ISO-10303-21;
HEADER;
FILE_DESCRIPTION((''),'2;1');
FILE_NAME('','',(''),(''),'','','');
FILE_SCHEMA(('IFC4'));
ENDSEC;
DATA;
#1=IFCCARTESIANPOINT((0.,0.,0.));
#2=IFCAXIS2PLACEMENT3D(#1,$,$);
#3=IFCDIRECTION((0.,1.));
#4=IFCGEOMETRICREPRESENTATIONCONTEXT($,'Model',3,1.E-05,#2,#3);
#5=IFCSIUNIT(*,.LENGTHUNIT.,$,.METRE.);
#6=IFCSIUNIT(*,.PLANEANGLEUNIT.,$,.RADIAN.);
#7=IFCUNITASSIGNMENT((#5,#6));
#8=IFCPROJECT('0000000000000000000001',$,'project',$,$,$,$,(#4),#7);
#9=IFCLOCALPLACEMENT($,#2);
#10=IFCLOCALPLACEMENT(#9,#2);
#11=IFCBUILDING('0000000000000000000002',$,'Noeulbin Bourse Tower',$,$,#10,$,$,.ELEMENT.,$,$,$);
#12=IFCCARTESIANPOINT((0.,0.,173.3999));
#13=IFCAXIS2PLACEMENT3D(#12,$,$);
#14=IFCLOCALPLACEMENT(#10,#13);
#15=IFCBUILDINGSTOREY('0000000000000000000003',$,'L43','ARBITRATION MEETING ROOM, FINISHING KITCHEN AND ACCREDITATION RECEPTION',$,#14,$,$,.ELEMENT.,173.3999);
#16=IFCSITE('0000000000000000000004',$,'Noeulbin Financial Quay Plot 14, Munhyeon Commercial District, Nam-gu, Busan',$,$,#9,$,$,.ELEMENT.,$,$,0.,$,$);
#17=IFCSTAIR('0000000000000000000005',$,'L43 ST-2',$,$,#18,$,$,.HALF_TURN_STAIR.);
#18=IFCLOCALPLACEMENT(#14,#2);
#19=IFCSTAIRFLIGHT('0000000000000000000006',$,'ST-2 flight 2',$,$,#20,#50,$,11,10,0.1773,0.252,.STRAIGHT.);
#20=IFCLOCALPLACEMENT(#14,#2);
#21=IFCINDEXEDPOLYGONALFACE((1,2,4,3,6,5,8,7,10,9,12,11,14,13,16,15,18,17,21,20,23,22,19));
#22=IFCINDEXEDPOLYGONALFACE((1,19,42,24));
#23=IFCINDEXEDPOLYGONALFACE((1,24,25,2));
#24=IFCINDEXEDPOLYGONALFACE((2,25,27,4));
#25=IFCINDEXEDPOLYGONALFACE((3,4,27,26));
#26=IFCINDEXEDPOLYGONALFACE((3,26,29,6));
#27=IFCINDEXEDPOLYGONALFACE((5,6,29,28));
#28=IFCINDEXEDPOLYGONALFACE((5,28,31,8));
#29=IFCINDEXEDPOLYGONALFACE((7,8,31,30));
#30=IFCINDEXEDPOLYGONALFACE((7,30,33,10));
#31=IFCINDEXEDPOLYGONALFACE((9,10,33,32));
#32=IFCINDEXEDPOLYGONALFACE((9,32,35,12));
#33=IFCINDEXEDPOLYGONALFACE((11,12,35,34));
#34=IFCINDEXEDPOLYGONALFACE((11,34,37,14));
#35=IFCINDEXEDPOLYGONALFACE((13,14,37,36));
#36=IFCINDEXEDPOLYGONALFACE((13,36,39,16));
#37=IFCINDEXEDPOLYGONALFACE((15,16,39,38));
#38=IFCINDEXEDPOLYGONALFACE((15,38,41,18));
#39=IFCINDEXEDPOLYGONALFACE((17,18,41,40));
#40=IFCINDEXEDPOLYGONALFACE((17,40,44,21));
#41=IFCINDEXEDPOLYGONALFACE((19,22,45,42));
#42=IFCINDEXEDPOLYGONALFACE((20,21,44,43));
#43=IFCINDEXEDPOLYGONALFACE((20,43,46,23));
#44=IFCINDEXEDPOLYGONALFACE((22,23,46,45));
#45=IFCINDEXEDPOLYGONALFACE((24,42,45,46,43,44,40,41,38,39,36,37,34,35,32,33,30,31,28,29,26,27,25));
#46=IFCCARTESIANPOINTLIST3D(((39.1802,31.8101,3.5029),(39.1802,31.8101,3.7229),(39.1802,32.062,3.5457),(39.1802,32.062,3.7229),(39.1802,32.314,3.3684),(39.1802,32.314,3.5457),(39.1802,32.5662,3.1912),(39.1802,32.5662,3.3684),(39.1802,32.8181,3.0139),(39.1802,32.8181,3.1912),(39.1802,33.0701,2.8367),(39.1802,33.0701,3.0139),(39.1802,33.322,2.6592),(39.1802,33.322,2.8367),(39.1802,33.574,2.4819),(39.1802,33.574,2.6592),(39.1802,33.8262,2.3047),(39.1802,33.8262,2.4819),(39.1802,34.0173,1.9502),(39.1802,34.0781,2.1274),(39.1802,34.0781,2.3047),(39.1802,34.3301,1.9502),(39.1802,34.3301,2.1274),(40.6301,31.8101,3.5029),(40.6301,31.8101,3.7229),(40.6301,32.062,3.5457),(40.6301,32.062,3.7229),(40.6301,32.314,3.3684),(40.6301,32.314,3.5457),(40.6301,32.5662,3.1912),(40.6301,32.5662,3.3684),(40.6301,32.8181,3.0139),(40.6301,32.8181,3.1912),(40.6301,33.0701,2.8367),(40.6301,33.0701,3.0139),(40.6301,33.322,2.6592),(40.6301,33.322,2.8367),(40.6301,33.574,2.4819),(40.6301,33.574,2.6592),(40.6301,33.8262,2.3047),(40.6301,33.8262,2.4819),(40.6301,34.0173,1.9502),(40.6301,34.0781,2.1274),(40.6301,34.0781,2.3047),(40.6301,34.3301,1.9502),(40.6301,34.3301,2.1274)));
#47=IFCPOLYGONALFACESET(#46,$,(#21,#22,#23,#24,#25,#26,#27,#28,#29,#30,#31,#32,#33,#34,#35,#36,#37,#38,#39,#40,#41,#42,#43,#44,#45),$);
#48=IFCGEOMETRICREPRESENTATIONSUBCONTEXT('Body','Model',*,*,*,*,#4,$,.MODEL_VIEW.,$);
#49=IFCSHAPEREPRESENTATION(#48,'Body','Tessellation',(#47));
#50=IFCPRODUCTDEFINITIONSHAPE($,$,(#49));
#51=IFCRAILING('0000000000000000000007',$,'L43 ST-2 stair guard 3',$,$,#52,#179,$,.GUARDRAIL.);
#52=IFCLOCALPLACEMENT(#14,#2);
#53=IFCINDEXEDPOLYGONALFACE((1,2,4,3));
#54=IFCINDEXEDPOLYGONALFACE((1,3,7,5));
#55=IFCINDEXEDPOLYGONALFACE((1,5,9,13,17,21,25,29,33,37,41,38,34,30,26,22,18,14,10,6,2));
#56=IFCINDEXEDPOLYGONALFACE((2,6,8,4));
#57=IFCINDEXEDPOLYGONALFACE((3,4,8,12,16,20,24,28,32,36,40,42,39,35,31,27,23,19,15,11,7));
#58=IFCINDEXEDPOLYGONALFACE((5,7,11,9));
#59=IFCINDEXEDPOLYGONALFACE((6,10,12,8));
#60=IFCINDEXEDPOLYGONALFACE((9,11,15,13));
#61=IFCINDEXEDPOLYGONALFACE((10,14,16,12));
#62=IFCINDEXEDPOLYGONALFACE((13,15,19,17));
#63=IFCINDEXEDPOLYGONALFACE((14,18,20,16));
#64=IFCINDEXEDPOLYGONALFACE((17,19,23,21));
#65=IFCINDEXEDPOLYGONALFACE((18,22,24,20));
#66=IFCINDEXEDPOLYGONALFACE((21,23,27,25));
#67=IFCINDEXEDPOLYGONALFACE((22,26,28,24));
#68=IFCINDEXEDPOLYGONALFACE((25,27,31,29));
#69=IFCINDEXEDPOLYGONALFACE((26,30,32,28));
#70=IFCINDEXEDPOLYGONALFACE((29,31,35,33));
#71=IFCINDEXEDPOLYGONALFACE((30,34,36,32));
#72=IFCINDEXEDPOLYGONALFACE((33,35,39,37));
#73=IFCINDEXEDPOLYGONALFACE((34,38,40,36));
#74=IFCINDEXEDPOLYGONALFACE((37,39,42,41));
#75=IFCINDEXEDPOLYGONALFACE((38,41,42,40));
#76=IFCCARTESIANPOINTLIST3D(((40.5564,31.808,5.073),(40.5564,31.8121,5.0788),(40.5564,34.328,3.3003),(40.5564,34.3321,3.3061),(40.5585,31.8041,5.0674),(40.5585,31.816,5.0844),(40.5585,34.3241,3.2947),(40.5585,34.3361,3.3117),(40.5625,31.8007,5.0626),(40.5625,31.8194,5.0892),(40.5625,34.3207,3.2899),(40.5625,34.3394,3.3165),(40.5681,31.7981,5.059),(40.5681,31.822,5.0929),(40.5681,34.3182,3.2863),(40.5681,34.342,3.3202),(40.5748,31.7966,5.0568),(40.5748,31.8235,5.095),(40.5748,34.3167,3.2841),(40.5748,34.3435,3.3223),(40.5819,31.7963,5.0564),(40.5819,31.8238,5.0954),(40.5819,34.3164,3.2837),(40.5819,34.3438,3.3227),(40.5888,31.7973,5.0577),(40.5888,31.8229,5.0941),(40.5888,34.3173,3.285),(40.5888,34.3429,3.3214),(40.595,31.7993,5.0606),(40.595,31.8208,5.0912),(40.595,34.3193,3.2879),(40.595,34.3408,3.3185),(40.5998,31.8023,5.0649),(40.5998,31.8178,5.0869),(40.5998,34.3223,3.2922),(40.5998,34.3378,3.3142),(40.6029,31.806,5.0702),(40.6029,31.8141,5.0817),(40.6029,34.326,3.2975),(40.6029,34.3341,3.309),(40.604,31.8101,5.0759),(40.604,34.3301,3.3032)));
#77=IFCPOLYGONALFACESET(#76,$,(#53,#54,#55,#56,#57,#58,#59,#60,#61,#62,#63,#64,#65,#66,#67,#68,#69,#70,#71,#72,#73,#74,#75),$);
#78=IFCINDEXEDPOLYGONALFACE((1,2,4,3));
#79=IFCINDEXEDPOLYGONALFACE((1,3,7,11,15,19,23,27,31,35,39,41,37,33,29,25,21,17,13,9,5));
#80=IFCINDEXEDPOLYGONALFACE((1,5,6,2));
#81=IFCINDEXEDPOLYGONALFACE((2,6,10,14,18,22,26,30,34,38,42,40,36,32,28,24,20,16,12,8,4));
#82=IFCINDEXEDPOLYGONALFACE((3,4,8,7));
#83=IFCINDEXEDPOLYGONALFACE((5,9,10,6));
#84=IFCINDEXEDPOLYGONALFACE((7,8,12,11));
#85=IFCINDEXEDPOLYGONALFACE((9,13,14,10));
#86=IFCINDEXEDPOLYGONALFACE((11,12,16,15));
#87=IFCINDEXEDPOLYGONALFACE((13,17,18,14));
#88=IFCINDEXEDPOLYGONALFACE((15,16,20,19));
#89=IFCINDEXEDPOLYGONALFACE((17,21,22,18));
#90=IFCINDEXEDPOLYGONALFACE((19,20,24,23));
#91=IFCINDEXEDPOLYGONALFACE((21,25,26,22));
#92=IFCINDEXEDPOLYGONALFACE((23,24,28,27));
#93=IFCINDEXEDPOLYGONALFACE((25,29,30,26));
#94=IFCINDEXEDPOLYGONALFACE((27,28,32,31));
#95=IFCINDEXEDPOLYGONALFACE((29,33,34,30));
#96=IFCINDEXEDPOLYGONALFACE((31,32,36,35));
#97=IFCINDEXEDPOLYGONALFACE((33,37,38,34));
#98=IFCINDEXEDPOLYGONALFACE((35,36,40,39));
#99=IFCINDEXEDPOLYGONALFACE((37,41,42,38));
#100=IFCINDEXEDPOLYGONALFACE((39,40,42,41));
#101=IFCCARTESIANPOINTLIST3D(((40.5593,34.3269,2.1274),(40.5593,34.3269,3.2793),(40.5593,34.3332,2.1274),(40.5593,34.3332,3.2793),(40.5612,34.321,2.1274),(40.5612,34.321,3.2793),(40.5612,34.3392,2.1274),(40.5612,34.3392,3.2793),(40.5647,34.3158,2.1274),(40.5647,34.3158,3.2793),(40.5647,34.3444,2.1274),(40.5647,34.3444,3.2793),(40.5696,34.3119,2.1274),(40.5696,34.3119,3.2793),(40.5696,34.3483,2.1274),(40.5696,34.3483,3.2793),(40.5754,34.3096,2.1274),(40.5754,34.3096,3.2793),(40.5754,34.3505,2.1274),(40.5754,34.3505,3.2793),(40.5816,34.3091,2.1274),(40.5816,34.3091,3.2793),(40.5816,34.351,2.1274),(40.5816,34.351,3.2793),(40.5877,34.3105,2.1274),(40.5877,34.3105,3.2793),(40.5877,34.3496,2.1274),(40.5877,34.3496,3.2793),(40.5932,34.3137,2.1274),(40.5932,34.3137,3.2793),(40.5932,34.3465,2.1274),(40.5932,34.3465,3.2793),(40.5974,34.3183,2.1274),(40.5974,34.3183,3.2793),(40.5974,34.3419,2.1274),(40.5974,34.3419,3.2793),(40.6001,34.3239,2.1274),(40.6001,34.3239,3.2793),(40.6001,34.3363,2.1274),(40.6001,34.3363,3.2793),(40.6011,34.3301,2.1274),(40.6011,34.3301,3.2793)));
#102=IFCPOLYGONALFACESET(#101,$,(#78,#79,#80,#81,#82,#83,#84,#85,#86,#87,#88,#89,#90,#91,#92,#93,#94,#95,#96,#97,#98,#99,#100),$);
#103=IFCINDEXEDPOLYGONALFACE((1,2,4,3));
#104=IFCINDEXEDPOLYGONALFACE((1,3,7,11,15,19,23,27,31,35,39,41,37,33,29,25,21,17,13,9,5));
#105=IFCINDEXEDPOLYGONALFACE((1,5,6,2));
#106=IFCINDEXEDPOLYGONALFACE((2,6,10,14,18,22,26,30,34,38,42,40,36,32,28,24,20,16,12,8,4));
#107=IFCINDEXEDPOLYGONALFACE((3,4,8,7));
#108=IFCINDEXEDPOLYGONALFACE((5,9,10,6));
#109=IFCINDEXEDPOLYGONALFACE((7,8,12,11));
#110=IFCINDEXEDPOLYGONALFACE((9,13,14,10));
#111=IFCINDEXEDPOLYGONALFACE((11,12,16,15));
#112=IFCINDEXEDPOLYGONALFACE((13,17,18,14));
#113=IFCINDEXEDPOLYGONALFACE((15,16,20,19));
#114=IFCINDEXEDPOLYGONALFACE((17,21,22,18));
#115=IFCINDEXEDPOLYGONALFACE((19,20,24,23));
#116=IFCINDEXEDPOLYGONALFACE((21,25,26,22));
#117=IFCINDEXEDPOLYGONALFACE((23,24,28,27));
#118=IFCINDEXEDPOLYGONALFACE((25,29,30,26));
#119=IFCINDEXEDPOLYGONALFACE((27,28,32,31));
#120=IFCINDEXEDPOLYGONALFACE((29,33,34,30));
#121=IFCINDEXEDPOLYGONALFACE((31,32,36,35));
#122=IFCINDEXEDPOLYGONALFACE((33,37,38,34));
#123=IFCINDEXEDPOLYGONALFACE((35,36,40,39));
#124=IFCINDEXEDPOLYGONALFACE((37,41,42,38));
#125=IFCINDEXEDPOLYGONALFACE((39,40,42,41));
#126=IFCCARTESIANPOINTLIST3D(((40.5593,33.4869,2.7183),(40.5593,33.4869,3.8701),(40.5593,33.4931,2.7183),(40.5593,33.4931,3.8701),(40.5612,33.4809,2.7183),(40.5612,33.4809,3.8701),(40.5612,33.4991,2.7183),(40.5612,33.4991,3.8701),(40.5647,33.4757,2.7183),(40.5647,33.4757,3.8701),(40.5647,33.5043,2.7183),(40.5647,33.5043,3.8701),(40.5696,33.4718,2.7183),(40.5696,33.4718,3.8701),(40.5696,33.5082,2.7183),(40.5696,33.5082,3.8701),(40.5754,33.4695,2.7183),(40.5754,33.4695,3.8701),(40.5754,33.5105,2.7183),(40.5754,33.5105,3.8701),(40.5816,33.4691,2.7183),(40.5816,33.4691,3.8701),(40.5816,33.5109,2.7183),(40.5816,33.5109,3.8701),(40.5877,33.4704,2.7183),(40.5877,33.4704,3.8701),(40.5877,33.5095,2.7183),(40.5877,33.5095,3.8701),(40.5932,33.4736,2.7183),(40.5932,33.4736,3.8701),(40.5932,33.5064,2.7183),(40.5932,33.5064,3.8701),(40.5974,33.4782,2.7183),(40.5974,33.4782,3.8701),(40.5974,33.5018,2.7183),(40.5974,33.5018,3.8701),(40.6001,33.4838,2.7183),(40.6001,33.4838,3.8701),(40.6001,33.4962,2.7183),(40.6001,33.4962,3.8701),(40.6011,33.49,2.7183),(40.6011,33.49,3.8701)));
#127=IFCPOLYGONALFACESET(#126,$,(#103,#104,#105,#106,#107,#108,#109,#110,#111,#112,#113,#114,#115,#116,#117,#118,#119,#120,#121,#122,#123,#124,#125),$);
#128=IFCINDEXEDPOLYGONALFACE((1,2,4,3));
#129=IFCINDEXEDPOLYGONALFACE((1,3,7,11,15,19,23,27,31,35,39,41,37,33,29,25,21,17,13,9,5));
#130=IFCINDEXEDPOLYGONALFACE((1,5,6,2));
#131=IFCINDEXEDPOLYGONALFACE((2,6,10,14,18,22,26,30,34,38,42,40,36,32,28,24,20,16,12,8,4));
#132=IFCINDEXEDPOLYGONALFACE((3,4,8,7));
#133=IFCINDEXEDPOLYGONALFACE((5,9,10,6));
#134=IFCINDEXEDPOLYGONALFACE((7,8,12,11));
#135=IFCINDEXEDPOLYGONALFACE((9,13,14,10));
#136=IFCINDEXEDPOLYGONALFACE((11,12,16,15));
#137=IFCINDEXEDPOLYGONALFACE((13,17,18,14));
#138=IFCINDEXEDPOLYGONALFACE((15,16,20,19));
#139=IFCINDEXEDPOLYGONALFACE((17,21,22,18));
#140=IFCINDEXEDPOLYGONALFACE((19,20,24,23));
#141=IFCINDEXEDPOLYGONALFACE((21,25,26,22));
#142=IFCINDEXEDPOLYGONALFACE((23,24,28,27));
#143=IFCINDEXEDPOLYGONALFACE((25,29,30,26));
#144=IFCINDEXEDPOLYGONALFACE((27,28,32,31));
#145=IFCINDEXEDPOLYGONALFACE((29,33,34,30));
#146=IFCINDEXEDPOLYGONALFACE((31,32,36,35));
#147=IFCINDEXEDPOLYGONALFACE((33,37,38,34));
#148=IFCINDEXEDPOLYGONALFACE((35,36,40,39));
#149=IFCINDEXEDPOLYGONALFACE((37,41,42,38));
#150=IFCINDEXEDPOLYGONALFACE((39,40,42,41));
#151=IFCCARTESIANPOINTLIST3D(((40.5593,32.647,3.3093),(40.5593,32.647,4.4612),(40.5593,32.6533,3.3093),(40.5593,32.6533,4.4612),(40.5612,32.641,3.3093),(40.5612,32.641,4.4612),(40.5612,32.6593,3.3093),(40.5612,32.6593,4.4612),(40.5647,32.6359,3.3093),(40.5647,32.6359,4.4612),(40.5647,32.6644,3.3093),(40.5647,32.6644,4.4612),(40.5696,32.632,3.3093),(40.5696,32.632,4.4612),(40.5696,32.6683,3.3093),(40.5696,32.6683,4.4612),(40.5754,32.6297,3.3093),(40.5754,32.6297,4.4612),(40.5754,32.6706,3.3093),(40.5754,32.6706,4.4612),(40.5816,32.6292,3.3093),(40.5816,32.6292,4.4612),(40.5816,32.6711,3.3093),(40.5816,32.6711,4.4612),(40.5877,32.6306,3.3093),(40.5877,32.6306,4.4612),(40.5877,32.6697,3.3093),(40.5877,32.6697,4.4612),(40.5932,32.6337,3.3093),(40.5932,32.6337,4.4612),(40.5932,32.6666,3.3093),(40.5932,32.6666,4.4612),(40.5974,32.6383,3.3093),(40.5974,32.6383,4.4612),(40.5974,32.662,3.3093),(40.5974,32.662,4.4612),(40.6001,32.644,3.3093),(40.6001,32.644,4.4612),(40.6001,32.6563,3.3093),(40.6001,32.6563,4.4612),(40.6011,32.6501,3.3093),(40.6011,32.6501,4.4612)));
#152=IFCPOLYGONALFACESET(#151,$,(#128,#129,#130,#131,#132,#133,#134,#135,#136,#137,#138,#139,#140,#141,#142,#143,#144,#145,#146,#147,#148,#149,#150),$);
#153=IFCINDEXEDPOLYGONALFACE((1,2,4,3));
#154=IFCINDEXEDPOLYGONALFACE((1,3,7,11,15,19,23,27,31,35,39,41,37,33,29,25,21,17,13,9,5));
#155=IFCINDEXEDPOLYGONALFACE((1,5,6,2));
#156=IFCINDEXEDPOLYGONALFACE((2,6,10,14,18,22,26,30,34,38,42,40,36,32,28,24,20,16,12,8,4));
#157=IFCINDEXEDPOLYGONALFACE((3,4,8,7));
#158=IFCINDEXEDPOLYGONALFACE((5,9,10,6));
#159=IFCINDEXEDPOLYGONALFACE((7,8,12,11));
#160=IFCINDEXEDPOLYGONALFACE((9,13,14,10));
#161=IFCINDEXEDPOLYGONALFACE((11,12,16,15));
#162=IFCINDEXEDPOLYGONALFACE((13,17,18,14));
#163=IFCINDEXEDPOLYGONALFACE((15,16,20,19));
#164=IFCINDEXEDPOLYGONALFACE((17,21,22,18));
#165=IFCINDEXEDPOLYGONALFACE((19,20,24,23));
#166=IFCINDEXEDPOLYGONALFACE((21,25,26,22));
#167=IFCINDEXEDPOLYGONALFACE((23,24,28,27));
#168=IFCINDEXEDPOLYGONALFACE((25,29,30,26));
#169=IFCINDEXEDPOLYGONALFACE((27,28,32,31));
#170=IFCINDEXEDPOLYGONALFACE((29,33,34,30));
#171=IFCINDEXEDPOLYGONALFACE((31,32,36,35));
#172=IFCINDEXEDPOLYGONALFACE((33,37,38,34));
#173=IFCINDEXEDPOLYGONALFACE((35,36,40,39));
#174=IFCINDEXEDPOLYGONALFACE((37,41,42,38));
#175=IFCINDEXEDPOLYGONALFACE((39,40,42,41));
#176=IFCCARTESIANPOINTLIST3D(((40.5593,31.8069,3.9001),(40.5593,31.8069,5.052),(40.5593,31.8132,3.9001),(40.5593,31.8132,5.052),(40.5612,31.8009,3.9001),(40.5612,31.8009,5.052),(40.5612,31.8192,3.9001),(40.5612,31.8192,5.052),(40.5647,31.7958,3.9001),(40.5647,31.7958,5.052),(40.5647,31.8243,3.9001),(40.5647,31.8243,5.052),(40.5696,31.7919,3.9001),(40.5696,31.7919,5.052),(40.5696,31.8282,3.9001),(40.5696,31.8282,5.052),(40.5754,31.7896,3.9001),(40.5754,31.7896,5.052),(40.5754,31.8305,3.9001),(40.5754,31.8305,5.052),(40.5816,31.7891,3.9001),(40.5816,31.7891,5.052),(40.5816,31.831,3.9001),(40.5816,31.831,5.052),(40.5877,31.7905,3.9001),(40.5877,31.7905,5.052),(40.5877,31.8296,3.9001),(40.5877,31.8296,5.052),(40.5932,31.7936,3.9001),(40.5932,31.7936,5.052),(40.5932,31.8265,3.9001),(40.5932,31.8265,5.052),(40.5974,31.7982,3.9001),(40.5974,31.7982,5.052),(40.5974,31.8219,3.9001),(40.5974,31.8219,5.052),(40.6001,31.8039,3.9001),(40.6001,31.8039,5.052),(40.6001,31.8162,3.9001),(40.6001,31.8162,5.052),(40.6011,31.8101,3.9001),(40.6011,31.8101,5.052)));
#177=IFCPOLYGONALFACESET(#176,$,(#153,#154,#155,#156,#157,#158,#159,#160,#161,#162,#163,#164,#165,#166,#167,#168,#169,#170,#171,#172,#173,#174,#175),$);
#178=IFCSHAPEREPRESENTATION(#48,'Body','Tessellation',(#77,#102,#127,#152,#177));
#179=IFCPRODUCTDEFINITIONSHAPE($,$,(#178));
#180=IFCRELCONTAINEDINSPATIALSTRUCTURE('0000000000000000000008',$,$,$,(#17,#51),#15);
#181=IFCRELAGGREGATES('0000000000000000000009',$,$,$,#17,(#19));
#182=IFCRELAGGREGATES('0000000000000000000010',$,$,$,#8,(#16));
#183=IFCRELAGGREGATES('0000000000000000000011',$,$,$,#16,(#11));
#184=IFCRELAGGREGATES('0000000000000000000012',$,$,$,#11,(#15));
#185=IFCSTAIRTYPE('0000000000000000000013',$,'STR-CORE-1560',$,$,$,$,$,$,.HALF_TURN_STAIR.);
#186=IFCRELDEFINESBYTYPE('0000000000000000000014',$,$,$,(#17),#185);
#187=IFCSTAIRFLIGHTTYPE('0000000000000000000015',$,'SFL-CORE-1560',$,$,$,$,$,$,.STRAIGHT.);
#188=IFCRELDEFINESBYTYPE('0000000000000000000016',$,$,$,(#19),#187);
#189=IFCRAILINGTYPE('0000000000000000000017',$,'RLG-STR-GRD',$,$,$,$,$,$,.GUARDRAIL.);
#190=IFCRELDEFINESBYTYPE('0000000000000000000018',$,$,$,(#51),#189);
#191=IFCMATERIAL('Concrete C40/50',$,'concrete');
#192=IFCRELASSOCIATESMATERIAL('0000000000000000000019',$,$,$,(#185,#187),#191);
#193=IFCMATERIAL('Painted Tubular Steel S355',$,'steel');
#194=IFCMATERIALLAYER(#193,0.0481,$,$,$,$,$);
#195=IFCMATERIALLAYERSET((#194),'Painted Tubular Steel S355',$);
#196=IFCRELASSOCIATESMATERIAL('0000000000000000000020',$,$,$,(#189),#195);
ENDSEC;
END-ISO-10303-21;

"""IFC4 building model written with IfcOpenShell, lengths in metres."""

from ifc_helpers import new_model, si_unit, direction, frame, origin, origin_2d, place, context, subcontext, project, spatial, polyline, circle, outline, extrude, material, layer, layer_set, type_object, element, aggregate, save


model = new_model("IFC4")

# Units and contexts
model_context = context("Model", 3, precision=1e-05, world=origin(), true_north=direction((0.0, 1.0)))
body_context = subcontext(model_context, "Body", "Model", "MODEL_VIEW")
ifc_project = project(units=[si_unit("LENGTHUNIT", "METRE"), si_unit("PLANEANGLEUNIT", "RADIAN")], contexts=[model_context])

# Site, building, storey
site_placement = place(None, origin())
site = spatial("IfcSite", under=ifc_project, at=site_placement, Name="Noeulbin Financial Quay Plot 14, Munhyeon Commercial District, Nam-gu, Busan", CompositionType="ELEMENT", RefElevation=0.0)
building_placement = place(site_placement, origin())
building = spatial("IfcBuilding", under=site, at=building_placement, Name="Noeulbin Bourse Tower", CompositionType="ELEMENT")
storey_placement = place(building_placement, frame((0.0, 0.0, 173.3999)))
storey = spatial("IfcBuildingStorey", under=building, at=storey_placement, Name="L43", Description="ARBITRATION MEETING ROOM, FINISHING KITCHEN AND ACCREDITATION RECEPTION", CompositionType="ELEMENT", Elevation=173.3999)

# Shared definitions
ifc_material_1 = material(Name="Concrete C40/50", Category="concrete")

# Stair, stair flight
stair_type = type_object("IfcStairType", Name="STR-CORE-1560", PredefinedType="HALF_TURN_STAIR", material=ifc_material_1)
stair_placement = place(storey_placement, origin())
stair = element("IfcStair", 1, at=stair_placement, inside=storey, type_object=stair_type, Name="L43 ST-2", PredefinedType="HALF_TURN_STAIR")
stair_flight_type = type_object("IfcStairFlightType", Name="SFL-CORE-1560", PredefinedType="STRAIGHT", material=ifc_material_1)
stair_flight_placement = place(storey_placement, frame((39.905, 34.3301, 1.9502), z_axis=(0.0, 0.0, 1.0), x_axis=(0.0, -1.0, 0.0)))
stair_flight = element("IfcStairFlight", 2, at=stair_flight_placement, type_object=stair_flight_type, Name="ST-2 flight 2", NumberOfRisers=11, NumberOfTreads=10, PredefinedType="STRAIGHT", RiserHeight=0.1773, TreadLength=0.252, context=body_context, shape_type="SweptSolid", body=[
    extrude(outline(polyline([(0.0, 0.0), (0.0, 0.1772), (0.252, 0.1772), (0.252, 0.3545), (0.5039, 0.3545), (0.5039, 0.5317), (0.7561, 0.5317), (0.7561, 0.709), (1.0081, 0.709), (1.0081, 0.8865), (1.26, 0.8865), (1.26, 1.0637), (1.512, 1.0637), (1.512, 1.241), (1.7639, 1.241), (1.7639, 1.4182), (2.0161, 1.4182), (2.0161, 1.5955), (2.2681, 1.5955), (2.2681, 1.7727), (2.52, 1.7727), (2.52, 1.95), (2.52, 1.5527), (0.3127, 0.0), (0.0, 0.0)])), frame((0.0, 0.7251, 0.0), z_axis=(0.0, -1.0, 0.0), x_axis=(1.0, 0.0, 0.0)), (0.0, 0.0, 1.0), 1.45),
])
aggregate(stair, [stair_flight])

# Railing
ifc_material_2 = material(Name="Painted Tubular Steel S355", Category="steel")
ifc_layer_1 = layer(ifc_material_2, 0.0481)
ifc_layer_set_1 = layer_set([ifc_layer_1], Name="Painted Tubular Steel S355")
railing_type_1 = type_object("IfcRailingType", Name="RLG-STR-GRD", PredefinedType="GUARDRAIL", material=ifc_layer_set_1)
railing_1_placement = place(storey_placement, frame((40.5801, 34.3301, 2.1274)))
element("IfcRailing", 3, at=railing_1_placement, inside=storey, type_object=railing_type_1, Name="L43 ST-2 stair guard 3", PredefinedType="GUARDRAIL", context=body_context, shape_type="SweptSolid", body=[
    extrude(circle(Radius=0.0239, at=origin_2d()), frame((0.0, 0.0, 1.1758), z_axis=(0.0, -0.817904, 0.575354), x_axis=(1.0, 0.0, 0.0)), (0.0, 0.0, 1.0), 3.0811),
    extrude(circle(Radius=0.021, at=origin_2d()), origin(), (0.0, 0.0, 1.0), 1.1519),
    extrude(circle(Radius=0.021, at=origin_2d()), frame((0.0, -0.8401, 0.5908)), (0.0, 0.0, 1.0), 1.1519),
    extrude(circle(Radius=0.021, at=origin_2d()), frame((0.0, -1.6799, 1.1819)), (0.0, 0.0, 1.0), 1.1519),
    extrude(circle(Radius=0.021, at=origin_2d()), frame((0.0, -2.52, 1.7727)), (0.0, 0.0, 1.0), 1.1519),
])

save(model, "model.ifc")
